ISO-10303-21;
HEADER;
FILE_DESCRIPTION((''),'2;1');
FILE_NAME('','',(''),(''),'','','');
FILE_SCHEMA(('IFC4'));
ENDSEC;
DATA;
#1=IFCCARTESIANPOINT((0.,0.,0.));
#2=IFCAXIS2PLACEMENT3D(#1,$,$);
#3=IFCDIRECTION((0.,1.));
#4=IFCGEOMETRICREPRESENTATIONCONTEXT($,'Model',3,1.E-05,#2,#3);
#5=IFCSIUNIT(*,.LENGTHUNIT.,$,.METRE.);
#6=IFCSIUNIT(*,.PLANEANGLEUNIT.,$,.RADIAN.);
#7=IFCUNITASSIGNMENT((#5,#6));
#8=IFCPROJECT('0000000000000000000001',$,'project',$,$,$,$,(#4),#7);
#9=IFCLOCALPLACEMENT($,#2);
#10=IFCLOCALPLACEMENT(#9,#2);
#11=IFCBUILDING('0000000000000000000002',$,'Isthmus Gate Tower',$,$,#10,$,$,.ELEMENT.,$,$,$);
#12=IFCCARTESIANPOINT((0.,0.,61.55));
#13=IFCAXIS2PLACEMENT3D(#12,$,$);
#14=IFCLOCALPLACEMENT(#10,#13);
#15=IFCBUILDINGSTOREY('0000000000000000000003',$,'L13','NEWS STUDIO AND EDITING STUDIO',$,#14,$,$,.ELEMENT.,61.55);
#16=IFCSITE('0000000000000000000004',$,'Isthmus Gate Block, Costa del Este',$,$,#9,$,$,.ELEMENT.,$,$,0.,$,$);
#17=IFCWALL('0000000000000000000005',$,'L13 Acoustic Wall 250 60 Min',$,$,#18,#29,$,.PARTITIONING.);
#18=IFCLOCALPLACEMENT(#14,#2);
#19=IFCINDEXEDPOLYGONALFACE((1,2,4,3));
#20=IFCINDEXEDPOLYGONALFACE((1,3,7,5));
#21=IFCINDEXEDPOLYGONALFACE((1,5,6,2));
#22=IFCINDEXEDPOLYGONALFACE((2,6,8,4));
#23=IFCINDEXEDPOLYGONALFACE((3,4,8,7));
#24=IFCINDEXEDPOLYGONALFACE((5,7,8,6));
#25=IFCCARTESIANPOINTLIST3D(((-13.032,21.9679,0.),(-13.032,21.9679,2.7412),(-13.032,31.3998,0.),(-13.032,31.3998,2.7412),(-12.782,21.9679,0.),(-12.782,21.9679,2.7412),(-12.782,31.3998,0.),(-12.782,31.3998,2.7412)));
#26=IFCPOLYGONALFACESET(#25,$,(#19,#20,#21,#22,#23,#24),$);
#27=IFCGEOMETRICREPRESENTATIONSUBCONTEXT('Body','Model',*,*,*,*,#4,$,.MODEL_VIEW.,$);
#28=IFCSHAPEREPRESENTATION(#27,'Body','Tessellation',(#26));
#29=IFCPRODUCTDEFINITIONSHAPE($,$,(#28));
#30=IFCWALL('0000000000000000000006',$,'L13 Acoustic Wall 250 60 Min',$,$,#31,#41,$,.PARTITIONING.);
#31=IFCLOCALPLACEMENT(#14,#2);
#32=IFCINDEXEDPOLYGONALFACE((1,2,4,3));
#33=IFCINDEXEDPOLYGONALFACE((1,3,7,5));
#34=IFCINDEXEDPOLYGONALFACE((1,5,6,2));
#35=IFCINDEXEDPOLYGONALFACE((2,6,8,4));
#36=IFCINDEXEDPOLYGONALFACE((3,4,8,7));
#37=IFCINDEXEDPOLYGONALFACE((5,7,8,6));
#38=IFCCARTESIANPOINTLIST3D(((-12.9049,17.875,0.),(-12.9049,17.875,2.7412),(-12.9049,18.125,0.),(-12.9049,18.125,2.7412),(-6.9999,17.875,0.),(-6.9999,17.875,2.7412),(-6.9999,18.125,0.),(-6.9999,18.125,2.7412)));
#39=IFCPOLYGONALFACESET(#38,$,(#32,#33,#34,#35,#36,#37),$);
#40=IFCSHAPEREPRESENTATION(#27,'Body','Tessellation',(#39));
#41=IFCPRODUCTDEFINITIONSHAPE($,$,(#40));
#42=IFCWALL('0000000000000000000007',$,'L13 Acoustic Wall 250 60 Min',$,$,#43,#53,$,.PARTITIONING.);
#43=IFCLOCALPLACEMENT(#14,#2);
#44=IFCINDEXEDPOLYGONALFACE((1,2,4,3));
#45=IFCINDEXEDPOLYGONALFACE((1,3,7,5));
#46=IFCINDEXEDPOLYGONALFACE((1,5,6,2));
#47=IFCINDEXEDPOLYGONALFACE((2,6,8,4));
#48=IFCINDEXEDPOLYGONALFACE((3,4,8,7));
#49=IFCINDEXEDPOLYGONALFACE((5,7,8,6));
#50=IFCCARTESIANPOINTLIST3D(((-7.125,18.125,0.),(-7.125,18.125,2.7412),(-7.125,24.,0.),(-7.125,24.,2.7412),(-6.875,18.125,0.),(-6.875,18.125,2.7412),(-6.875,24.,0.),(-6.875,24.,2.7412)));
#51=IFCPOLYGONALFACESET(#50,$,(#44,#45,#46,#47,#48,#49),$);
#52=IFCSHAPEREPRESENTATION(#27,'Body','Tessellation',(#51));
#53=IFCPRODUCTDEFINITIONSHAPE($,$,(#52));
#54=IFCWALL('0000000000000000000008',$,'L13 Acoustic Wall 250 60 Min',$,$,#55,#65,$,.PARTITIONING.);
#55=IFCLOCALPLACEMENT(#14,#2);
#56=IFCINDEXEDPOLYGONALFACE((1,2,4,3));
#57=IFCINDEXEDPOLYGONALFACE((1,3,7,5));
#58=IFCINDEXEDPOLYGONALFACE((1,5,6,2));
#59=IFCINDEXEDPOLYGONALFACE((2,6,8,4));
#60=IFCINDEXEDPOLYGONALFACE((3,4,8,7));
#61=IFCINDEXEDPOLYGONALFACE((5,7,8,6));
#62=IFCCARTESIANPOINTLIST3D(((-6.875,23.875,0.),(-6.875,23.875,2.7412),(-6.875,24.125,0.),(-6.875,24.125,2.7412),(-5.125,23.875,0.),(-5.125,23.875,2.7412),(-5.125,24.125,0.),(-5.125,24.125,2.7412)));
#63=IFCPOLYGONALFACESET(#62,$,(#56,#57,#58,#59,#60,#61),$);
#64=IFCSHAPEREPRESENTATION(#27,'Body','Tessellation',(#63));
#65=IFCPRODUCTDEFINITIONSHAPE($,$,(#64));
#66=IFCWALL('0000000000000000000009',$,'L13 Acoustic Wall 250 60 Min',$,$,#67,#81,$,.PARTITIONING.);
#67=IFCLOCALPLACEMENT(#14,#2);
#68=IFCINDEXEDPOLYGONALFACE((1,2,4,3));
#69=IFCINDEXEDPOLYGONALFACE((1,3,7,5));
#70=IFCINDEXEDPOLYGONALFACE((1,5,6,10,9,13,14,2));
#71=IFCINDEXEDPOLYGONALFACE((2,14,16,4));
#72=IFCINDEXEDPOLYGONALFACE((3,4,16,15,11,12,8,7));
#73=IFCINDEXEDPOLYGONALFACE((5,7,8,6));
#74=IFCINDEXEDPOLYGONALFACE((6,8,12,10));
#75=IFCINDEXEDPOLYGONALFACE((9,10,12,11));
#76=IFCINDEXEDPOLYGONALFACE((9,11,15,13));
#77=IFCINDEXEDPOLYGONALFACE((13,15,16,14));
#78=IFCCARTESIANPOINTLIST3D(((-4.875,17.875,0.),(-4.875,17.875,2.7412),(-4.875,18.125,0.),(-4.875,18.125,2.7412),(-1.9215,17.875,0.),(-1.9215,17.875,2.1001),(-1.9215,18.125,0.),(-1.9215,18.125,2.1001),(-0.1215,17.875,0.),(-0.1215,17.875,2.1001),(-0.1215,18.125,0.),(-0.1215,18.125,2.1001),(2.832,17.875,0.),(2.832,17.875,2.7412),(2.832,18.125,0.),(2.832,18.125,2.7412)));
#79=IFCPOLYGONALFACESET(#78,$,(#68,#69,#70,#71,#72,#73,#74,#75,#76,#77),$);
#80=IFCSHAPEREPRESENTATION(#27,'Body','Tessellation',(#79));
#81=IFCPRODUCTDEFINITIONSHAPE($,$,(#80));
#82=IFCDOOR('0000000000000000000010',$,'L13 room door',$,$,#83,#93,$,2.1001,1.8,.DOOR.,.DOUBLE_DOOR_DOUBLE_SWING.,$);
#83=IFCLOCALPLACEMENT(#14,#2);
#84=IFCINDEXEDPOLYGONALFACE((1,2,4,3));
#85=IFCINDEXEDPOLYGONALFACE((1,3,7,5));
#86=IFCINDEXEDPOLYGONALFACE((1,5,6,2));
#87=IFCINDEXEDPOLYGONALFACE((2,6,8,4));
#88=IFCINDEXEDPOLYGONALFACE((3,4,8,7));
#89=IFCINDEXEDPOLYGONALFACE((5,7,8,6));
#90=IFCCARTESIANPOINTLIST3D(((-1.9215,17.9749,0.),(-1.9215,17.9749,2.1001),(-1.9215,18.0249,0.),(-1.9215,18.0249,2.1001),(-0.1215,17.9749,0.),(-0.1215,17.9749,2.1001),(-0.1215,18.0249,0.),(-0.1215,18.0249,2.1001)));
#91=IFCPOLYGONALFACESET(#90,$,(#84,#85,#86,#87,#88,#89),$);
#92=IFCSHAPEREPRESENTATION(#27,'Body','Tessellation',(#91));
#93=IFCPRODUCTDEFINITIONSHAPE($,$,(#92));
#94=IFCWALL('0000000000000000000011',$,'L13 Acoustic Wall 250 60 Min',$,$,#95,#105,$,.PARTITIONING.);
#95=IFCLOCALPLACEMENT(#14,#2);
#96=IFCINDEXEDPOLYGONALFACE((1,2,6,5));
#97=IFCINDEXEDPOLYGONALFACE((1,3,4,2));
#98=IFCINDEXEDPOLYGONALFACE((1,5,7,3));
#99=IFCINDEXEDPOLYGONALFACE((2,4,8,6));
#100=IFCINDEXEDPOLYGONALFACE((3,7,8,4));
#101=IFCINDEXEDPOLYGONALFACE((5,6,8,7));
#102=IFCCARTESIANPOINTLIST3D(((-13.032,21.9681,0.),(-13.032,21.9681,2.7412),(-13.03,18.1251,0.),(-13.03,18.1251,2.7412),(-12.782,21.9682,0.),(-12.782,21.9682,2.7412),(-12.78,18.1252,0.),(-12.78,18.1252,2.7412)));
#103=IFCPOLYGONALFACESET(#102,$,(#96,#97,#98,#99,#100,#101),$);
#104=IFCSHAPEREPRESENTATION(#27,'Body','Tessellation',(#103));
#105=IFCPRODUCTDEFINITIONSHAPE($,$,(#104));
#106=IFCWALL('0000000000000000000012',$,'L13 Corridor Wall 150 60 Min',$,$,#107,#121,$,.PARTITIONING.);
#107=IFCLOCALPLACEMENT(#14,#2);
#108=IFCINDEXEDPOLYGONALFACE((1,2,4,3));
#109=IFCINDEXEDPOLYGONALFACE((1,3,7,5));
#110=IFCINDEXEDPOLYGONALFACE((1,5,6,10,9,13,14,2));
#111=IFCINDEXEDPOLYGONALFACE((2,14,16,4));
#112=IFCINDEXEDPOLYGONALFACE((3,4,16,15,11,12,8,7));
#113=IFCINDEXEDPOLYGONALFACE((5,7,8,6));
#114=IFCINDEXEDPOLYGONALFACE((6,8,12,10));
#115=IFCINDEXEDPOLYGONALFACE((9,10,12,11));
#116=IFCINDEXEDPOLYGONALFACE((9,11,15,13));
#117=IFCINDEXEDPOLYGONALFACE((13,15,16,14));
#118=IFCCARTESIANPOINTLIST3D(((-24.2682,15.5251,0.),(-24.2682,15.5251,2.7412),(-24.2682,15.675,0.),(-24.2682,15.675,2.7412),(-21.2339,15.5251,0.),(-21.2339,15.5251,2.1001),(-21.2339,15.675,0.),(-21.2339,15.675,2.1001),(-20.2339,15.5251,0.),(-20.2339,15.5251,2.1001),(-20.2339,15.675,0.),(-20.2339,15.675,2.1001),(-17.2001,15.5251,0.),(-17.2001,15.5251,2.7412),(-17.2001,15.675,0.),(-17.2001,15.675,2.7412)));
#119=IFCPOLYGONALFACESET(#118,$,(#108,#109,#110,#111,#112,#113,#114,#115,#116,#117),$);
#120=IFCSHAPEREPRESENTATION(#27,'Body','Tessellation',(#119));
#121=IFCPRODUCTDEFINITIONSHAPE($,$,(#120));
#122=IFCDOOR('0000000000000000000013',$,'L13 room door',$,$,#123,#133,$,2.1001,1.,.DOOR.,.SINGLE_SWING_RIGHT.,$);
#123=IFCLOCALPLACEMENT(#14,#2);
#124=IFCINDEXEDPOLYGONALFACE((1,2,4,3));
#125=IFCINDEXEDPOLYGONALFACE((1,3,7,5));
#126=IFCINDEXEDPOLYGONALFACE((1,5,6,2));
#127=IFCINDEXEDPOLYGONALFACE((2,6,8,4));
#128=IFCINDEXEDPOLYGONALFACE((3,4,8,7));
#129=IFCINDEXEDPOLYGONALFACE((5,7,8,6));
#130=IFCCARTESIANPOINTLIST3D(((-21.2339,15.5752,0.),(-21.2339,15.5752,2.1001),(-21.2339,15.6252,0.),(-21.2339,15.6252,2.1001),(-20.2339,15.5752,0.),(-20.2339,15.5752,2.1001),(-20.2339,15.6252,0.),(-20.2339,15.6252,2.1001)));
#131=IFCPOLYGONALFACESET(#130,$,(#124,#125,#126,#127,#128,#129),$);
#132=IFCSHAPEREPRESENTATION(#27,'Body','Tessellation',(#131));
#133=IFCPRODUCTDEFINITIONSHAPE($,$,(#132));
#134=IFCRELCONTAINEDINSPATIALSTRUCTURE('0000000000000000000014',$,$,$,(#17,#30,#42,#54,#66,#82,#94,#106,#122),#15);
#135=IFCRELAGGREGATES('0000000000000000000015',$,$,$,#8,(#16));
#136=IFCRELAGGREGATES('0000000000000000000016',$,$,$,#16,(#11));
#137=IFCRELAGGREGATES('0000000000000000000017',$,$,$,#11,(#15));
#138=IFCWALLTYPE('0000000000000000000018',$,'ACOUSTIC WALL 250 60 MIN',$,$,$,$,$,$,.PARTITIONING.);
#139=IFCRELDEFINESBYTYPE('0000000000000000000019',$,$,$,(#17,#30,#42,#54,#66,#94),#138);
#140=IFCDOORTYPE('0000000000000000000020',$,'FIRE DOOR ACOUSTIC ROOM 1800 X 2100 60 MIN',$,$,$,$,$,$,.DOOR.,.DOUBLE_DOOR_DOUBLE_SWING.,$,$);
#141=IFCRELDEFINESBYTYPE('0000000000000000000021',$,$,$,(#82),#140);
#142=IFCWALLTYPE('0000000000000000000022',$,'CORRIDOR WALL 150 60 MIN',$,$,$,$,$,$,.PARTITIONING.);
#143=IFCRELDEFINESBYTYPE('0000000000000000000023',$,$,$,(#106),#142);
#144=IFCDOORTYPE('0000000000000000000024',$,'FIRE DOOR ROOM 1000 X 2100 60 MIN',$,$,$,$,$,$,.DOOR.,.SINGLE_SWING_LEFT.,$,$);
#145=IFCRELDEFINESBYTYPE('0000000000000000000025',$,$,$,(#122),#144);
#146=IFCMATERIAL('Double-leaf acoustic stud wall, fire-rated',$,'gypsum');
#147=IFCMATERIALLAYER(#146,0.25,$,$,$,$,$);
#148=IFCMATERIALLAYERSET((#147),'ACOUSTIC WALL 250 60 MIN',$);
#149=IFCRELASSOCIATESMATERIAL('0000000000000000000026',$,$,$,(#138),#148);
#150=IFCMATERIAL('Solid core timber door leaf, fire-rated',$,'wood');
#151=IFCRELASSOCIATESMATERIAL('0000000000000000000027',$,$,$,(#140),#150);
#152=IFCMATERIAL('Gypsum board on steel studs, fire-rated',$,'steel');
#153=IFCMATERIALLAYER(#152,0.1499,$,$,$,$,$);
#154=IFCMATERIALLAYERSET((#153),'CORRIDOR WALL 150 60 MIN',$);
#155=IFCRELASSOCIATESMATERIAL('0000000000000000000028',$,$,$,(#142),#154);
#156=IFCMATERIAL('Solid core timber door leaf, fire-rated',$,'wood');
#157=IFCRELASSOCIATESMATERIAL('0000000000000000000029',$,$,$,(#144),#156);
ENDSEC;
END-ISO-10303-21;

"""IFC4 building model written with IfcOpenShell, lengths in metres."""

from ifc_helpers import new_model, si_unit, direction, frame, frame_2d, origin, place, context, subcontext, project, spatial, rectangle, extrude, material, layer, layer_set, type_object, element, fill, save


model = new_model("IFC4")

# Units and contexts
model_context = context("Model", 3, precision=1e-05, world=origin(), true_north=direction((0.0, 1.0)))
body_context = subcontext(model_context, "Body", "Model", "MODEL_VIEW")
ifc_project = project(units=[si_unit("LENGTHUNIT", "METRE"), si_unit("PLANEANGLEUNIT", "RADIAN")], contexts=[model_context])

# Site, building, storey
site_placement = place(None, origin())
site = spatial("IfcSite", under=ifc_project, at=site_placement, Name="Isthmus Gate Block, Costa del Este", CompositionType="ELEMENT", RefElevation=0.0)
building_placement = place(site_placement, origin())
building = spatial("IfcBuilding", under=site, at=building_placement, Name="Isthmus Gate Tower", CompositionType="ELEMENT")
storey_placement = place(building_placement, frame((0.0, 0.0, 61.55)))
storey = spatial("IfcBuildingStorey", under=building, at=storey_placement, Name="L13", Description="NEWS STUDIO AND EDITING STUDIO", CompositionType="ELEMENT", Elevation=61.55)

# Walls
ifc_material_1 = material(Name="Double-leaf acoustic stud wall, fire-rated", Category="gypsum")
ifc_layer_1 = layer(ifc_material_1, 0.25)
ifc_layer_set_1 = layer_set([ifc_layer_1], Name="ACOUSTIC WALL 250 60 MIN")
wall_type_1 = type_object("IfcWallType", Name="ACOUSTIC WALL 250 60 MIN", PredefinedType="PARTITIONING", material=ifc_layer_set_1)
wall_1_placement = place(storey_placement, frame((-12.907, 21.968, 0.0), z_axis=(0.0, 0.0, 1.0), x_axis=(0.0, 1.0, 0.0)))
element("IfcWall", 1, at=wall_1_placement, inside=storey, type_object=wall_type_1, Name="L13 Acoustic Wall 250 60 Min", PredefinedType="PARTITIONING", context=body_context, shape_type="SweptSolid", body=[
    extrude(rectangle(XDim=9.4319, YDim=0.25, at=frame_2d((4.7158, 0.0))), origin(), (0.0, 0.0, 1.0), 2.7412),
])
wall_2_placement = place(storey_placement, frame((-12.905, 18.0, 0.0), z_axis=(0.0, 0.0, 1.0), x_axis=(1.0, 0.0, 0.0)))
element("IfcWall", 2, at=wall_2_placement, inside=storey, type_object=wall_type_1, Name="L13 Acoustic Wall 250 60 Min", PredefinedType="PARTITIONING", context=body_context, shape_type="SweptSolid", body=[
    extrude(rectangle(XDim=5.905, YDim=0.25, at=frame_2d((2.9526, 0.0))), origin(), (0.0, 0.0, 1.0), 2.7412),
])
wall_3_placement = place(storey_placement, frame((-7.0, 18.125, 0.0), z_axis=(0.0, 0.0, 1.0), x_axis=(0.0, 1.0, 0.0)))
element("IfcWall", 3, at=wall_3_placement, inside=storey, type_object=wall_type_1, Name="L13 Acoustic Wall 250 60 Min", PredefinedType="PARTITIONING", context=body_context, shape_type="SweptSolid", body=[
    extrude(rectangle(XDim=5.875, YDim=0.25, at=frame_2d((2.9375, 0.0))), origin(), (0.0, 0.0, 1.0), 2.7412),
])
wall_4_placement = place(storey_placement, frame((-6.875, 24.0, 0.0), z_axis=(0.0, 0.0, 1.0), x_axis=(1.0, 0.0, 0.0)))
element("IfcWall", 4, at=wall_4_placement, inside=storey, type_object=wall_type_1, Name="L13 Acoustic Wall 250 60 Min", PredefinedType="PARTITIONING", context=body_context, shape_type="SweptSolid", body=[
    extrude(rectangle(XDim=1.75, YDim=0.25, at=frame_2d((0.875, 0.0))), origin(), (0.0, 0.0, 1.0), 2.7412),
])

# Wall, opening, door
wall_5_placement = place(storey_placement, frame((-4.875, 18.0, 0.0), z_axis=(0.0, 0.0, 1.0), x_axis=(1.0, 0.0, 0.0)))
wall_5 = element("IfcWall", 5, at=wall_5_placement, inside=storey, type_object=wall_type_1, Name="L13 Acoustic Wall 250 60 Min", PredefinedType="PARTITIONING", context=body_context, shape_type="SweptSolid", body=[
    extrude(rectangle(XDim=7.707, YDim=0.25, at=frame_2d((3.8535, 0.0))), origin(), (0.0, 0.0, 1.0), 2.7412),
])
opening_1_placement = place(wall_5_placement, frame((2.9536, 0.0, 0.0)))
opening_1 = element("IfcOpeningElement", 6, at=opening_1_placement, cuts=wall_5, PredefinedType="OPENING", context=body_context, shape_type="SweptSolid", body=[
    extrude(rectangle(XDim=1.8, YDim=2.1001, at=frame_2d((0.8999, 1.05))), frame((0.0, 0.135, 0.0), z_axis=(0.0, -1.0, 0.0), x_axis=(1.0, 0.0, 0.0)), (0.0, 0.0, 1.0), 0.27),
])
ifc_material_2 = material(Name="Solid core timber door leaf, fire-rated", Category="wood")
door_type_1 = type_object("IfcDoorType", Name="FIRE DOOR ACOUSTIC ROOM 1800 X 2100 60 MIN", OperationType="DOUBLE_DOOR_DOUBLE_SWING", PredefinedType="DOOR", material=ifc_material_2)
door_1_placement = place(opening_1_placement, origin())
door_1 = element("IfcDoor", 7, at=door_1_placement, inside=storey, type_object=door_type_1, Name="L13 room door", OperationType="DOUBLE_DOOR_DOUBLE_SWING", OverallHeight=2.1001, OverallWidth=1.8, PredefinedType="DOOR", context=body_context, shape_type="SweptSolid", body=[
    extrude(rectangle(XDim=1.8, YDim=2.1001, at=frame_2d((0.8999, 1.05))), frame((0.0, 0.0249, 0.0), z_axis=(0.0, -1.0, 0.0), x_axis=(1.0, 0.0, 0.0)), (0.0, 0.0, 1.0), 0.05),
])
fill(opening_1, door_1)

# Wall
wall_6_placement = place(storey_placement, frame((-12.907, 21.968, 0.0), z_axis=(0.0, 0.0, 1.0), x_axis=(0.000508, -1.0, 0.0)))
element("IfcWall", 8, at=wall_6_placement, inside=storey, type_object=wall_type_1, Name="L13 Acoustic Wall 250 60 Min", PredefinedType="PARTITIONING", context=body_context, shape_type="SweptSolid", body=[
    extrude(rectangle(XDim=3.843, YDim=0.25, at=frame_2d((1.9214, 0.0))), origin(), (0.0, 0.0, 1.0), 2.7412),
])

# Wall, opening, door
ifc_material_3 = material(Name="Gypsum board on steel studs, fire-rated", Category="steel")
ifc_layer_2 = layer(ifc_material_3, 0.1499)
ifc_layer_set_2 = layer_set([ifc_layer_2], Name="CORRIDOR WALL 150 60 MIN")
wall_type_2 = type_object("IfcWallType", Name="CORRIDOR WALL 150 60 MIN", PredefinedType="PARTITIONING", material=ifc_layer_set_2)
wall_7_placement = place(storey_placement, frame((-17.2, 15.6001, 0.0), z_axis=(0.0, 0.0, 1.0), x_axis=(-1.0, 0.0, 0.0)))
wall_7 = element("IfcWall", 9, at=wall_7_placement, inside=storey, type_object=wall_type_2, Name="L13 Corridor Wall 150 60 Min", PredefinedType="PARTITIONING", context=body_context, shape_type="SweptSolid", body=[
    extrude(rectangle(XDim=7.0681, YDim=0.1499, at=frame_2d((3.5342, 0.0))), origin(), (0.0, 0.0, 1.0), 2.7412),
])
opening_2_placement = place(wall_7_placement, frame((3.0339, 0.0, 0.0)))
opening_2 = element("IfcOpeningElement", 10, at=opening_2_placement, cuts=wall_7, PredefinedType="OPENING", context=body_context, shape_type="SweptSolid", body=[
    extrude(rectangle(XDim=1.0, YDim=2.1001, at=frame_2d((0.5, 1.05))), frame((0.0, 0.085, 0.0), z_axis=(0.0, -1.0, 0.0), x_axis=(1.0, 0.0, 0.0)), (0.0, 0.0, 1.0), 0.1699),
])
ifc_material_4 = material(Name="Solid core timber door leaf, fire-rated", Category="wood")
door_type_2 = type_object("IfcDoorType", Name="FIRE DOOR ROOM 1000 X 2100 60 MIN", OperationType="SINGLE_SWING_LEFT", PredefinedType="DOOR", material=ifc_material_4)
door_2_placement = place(opening_2_placement, origin())
door_2 = element("IfcDoor", 11, at=door_2_placement, inside=storey, type_object=door_type_2, Name="L13 room door", OperationType="SINGLE_SWING_RIGHT", OverallHeight=2.1001, OverallWidth=1.0, PredefinedType="DOOR", context=body_context, shape_type="SweptSolid", body=[
    extrude(rectangle(XDim=1.0, YDim=2.1001, at=frame_2d((0.5, 1.05))), frame((0.0, 0.0249, 0.0), z_axis=(0.0, -1.0, 0.0), x_axis=(1.0, 0.0, 0.0)), (0.0, 0.0, 1.0), 0.05),
])
fill(opening_2, door_2)

save(model, "model.ifc")
